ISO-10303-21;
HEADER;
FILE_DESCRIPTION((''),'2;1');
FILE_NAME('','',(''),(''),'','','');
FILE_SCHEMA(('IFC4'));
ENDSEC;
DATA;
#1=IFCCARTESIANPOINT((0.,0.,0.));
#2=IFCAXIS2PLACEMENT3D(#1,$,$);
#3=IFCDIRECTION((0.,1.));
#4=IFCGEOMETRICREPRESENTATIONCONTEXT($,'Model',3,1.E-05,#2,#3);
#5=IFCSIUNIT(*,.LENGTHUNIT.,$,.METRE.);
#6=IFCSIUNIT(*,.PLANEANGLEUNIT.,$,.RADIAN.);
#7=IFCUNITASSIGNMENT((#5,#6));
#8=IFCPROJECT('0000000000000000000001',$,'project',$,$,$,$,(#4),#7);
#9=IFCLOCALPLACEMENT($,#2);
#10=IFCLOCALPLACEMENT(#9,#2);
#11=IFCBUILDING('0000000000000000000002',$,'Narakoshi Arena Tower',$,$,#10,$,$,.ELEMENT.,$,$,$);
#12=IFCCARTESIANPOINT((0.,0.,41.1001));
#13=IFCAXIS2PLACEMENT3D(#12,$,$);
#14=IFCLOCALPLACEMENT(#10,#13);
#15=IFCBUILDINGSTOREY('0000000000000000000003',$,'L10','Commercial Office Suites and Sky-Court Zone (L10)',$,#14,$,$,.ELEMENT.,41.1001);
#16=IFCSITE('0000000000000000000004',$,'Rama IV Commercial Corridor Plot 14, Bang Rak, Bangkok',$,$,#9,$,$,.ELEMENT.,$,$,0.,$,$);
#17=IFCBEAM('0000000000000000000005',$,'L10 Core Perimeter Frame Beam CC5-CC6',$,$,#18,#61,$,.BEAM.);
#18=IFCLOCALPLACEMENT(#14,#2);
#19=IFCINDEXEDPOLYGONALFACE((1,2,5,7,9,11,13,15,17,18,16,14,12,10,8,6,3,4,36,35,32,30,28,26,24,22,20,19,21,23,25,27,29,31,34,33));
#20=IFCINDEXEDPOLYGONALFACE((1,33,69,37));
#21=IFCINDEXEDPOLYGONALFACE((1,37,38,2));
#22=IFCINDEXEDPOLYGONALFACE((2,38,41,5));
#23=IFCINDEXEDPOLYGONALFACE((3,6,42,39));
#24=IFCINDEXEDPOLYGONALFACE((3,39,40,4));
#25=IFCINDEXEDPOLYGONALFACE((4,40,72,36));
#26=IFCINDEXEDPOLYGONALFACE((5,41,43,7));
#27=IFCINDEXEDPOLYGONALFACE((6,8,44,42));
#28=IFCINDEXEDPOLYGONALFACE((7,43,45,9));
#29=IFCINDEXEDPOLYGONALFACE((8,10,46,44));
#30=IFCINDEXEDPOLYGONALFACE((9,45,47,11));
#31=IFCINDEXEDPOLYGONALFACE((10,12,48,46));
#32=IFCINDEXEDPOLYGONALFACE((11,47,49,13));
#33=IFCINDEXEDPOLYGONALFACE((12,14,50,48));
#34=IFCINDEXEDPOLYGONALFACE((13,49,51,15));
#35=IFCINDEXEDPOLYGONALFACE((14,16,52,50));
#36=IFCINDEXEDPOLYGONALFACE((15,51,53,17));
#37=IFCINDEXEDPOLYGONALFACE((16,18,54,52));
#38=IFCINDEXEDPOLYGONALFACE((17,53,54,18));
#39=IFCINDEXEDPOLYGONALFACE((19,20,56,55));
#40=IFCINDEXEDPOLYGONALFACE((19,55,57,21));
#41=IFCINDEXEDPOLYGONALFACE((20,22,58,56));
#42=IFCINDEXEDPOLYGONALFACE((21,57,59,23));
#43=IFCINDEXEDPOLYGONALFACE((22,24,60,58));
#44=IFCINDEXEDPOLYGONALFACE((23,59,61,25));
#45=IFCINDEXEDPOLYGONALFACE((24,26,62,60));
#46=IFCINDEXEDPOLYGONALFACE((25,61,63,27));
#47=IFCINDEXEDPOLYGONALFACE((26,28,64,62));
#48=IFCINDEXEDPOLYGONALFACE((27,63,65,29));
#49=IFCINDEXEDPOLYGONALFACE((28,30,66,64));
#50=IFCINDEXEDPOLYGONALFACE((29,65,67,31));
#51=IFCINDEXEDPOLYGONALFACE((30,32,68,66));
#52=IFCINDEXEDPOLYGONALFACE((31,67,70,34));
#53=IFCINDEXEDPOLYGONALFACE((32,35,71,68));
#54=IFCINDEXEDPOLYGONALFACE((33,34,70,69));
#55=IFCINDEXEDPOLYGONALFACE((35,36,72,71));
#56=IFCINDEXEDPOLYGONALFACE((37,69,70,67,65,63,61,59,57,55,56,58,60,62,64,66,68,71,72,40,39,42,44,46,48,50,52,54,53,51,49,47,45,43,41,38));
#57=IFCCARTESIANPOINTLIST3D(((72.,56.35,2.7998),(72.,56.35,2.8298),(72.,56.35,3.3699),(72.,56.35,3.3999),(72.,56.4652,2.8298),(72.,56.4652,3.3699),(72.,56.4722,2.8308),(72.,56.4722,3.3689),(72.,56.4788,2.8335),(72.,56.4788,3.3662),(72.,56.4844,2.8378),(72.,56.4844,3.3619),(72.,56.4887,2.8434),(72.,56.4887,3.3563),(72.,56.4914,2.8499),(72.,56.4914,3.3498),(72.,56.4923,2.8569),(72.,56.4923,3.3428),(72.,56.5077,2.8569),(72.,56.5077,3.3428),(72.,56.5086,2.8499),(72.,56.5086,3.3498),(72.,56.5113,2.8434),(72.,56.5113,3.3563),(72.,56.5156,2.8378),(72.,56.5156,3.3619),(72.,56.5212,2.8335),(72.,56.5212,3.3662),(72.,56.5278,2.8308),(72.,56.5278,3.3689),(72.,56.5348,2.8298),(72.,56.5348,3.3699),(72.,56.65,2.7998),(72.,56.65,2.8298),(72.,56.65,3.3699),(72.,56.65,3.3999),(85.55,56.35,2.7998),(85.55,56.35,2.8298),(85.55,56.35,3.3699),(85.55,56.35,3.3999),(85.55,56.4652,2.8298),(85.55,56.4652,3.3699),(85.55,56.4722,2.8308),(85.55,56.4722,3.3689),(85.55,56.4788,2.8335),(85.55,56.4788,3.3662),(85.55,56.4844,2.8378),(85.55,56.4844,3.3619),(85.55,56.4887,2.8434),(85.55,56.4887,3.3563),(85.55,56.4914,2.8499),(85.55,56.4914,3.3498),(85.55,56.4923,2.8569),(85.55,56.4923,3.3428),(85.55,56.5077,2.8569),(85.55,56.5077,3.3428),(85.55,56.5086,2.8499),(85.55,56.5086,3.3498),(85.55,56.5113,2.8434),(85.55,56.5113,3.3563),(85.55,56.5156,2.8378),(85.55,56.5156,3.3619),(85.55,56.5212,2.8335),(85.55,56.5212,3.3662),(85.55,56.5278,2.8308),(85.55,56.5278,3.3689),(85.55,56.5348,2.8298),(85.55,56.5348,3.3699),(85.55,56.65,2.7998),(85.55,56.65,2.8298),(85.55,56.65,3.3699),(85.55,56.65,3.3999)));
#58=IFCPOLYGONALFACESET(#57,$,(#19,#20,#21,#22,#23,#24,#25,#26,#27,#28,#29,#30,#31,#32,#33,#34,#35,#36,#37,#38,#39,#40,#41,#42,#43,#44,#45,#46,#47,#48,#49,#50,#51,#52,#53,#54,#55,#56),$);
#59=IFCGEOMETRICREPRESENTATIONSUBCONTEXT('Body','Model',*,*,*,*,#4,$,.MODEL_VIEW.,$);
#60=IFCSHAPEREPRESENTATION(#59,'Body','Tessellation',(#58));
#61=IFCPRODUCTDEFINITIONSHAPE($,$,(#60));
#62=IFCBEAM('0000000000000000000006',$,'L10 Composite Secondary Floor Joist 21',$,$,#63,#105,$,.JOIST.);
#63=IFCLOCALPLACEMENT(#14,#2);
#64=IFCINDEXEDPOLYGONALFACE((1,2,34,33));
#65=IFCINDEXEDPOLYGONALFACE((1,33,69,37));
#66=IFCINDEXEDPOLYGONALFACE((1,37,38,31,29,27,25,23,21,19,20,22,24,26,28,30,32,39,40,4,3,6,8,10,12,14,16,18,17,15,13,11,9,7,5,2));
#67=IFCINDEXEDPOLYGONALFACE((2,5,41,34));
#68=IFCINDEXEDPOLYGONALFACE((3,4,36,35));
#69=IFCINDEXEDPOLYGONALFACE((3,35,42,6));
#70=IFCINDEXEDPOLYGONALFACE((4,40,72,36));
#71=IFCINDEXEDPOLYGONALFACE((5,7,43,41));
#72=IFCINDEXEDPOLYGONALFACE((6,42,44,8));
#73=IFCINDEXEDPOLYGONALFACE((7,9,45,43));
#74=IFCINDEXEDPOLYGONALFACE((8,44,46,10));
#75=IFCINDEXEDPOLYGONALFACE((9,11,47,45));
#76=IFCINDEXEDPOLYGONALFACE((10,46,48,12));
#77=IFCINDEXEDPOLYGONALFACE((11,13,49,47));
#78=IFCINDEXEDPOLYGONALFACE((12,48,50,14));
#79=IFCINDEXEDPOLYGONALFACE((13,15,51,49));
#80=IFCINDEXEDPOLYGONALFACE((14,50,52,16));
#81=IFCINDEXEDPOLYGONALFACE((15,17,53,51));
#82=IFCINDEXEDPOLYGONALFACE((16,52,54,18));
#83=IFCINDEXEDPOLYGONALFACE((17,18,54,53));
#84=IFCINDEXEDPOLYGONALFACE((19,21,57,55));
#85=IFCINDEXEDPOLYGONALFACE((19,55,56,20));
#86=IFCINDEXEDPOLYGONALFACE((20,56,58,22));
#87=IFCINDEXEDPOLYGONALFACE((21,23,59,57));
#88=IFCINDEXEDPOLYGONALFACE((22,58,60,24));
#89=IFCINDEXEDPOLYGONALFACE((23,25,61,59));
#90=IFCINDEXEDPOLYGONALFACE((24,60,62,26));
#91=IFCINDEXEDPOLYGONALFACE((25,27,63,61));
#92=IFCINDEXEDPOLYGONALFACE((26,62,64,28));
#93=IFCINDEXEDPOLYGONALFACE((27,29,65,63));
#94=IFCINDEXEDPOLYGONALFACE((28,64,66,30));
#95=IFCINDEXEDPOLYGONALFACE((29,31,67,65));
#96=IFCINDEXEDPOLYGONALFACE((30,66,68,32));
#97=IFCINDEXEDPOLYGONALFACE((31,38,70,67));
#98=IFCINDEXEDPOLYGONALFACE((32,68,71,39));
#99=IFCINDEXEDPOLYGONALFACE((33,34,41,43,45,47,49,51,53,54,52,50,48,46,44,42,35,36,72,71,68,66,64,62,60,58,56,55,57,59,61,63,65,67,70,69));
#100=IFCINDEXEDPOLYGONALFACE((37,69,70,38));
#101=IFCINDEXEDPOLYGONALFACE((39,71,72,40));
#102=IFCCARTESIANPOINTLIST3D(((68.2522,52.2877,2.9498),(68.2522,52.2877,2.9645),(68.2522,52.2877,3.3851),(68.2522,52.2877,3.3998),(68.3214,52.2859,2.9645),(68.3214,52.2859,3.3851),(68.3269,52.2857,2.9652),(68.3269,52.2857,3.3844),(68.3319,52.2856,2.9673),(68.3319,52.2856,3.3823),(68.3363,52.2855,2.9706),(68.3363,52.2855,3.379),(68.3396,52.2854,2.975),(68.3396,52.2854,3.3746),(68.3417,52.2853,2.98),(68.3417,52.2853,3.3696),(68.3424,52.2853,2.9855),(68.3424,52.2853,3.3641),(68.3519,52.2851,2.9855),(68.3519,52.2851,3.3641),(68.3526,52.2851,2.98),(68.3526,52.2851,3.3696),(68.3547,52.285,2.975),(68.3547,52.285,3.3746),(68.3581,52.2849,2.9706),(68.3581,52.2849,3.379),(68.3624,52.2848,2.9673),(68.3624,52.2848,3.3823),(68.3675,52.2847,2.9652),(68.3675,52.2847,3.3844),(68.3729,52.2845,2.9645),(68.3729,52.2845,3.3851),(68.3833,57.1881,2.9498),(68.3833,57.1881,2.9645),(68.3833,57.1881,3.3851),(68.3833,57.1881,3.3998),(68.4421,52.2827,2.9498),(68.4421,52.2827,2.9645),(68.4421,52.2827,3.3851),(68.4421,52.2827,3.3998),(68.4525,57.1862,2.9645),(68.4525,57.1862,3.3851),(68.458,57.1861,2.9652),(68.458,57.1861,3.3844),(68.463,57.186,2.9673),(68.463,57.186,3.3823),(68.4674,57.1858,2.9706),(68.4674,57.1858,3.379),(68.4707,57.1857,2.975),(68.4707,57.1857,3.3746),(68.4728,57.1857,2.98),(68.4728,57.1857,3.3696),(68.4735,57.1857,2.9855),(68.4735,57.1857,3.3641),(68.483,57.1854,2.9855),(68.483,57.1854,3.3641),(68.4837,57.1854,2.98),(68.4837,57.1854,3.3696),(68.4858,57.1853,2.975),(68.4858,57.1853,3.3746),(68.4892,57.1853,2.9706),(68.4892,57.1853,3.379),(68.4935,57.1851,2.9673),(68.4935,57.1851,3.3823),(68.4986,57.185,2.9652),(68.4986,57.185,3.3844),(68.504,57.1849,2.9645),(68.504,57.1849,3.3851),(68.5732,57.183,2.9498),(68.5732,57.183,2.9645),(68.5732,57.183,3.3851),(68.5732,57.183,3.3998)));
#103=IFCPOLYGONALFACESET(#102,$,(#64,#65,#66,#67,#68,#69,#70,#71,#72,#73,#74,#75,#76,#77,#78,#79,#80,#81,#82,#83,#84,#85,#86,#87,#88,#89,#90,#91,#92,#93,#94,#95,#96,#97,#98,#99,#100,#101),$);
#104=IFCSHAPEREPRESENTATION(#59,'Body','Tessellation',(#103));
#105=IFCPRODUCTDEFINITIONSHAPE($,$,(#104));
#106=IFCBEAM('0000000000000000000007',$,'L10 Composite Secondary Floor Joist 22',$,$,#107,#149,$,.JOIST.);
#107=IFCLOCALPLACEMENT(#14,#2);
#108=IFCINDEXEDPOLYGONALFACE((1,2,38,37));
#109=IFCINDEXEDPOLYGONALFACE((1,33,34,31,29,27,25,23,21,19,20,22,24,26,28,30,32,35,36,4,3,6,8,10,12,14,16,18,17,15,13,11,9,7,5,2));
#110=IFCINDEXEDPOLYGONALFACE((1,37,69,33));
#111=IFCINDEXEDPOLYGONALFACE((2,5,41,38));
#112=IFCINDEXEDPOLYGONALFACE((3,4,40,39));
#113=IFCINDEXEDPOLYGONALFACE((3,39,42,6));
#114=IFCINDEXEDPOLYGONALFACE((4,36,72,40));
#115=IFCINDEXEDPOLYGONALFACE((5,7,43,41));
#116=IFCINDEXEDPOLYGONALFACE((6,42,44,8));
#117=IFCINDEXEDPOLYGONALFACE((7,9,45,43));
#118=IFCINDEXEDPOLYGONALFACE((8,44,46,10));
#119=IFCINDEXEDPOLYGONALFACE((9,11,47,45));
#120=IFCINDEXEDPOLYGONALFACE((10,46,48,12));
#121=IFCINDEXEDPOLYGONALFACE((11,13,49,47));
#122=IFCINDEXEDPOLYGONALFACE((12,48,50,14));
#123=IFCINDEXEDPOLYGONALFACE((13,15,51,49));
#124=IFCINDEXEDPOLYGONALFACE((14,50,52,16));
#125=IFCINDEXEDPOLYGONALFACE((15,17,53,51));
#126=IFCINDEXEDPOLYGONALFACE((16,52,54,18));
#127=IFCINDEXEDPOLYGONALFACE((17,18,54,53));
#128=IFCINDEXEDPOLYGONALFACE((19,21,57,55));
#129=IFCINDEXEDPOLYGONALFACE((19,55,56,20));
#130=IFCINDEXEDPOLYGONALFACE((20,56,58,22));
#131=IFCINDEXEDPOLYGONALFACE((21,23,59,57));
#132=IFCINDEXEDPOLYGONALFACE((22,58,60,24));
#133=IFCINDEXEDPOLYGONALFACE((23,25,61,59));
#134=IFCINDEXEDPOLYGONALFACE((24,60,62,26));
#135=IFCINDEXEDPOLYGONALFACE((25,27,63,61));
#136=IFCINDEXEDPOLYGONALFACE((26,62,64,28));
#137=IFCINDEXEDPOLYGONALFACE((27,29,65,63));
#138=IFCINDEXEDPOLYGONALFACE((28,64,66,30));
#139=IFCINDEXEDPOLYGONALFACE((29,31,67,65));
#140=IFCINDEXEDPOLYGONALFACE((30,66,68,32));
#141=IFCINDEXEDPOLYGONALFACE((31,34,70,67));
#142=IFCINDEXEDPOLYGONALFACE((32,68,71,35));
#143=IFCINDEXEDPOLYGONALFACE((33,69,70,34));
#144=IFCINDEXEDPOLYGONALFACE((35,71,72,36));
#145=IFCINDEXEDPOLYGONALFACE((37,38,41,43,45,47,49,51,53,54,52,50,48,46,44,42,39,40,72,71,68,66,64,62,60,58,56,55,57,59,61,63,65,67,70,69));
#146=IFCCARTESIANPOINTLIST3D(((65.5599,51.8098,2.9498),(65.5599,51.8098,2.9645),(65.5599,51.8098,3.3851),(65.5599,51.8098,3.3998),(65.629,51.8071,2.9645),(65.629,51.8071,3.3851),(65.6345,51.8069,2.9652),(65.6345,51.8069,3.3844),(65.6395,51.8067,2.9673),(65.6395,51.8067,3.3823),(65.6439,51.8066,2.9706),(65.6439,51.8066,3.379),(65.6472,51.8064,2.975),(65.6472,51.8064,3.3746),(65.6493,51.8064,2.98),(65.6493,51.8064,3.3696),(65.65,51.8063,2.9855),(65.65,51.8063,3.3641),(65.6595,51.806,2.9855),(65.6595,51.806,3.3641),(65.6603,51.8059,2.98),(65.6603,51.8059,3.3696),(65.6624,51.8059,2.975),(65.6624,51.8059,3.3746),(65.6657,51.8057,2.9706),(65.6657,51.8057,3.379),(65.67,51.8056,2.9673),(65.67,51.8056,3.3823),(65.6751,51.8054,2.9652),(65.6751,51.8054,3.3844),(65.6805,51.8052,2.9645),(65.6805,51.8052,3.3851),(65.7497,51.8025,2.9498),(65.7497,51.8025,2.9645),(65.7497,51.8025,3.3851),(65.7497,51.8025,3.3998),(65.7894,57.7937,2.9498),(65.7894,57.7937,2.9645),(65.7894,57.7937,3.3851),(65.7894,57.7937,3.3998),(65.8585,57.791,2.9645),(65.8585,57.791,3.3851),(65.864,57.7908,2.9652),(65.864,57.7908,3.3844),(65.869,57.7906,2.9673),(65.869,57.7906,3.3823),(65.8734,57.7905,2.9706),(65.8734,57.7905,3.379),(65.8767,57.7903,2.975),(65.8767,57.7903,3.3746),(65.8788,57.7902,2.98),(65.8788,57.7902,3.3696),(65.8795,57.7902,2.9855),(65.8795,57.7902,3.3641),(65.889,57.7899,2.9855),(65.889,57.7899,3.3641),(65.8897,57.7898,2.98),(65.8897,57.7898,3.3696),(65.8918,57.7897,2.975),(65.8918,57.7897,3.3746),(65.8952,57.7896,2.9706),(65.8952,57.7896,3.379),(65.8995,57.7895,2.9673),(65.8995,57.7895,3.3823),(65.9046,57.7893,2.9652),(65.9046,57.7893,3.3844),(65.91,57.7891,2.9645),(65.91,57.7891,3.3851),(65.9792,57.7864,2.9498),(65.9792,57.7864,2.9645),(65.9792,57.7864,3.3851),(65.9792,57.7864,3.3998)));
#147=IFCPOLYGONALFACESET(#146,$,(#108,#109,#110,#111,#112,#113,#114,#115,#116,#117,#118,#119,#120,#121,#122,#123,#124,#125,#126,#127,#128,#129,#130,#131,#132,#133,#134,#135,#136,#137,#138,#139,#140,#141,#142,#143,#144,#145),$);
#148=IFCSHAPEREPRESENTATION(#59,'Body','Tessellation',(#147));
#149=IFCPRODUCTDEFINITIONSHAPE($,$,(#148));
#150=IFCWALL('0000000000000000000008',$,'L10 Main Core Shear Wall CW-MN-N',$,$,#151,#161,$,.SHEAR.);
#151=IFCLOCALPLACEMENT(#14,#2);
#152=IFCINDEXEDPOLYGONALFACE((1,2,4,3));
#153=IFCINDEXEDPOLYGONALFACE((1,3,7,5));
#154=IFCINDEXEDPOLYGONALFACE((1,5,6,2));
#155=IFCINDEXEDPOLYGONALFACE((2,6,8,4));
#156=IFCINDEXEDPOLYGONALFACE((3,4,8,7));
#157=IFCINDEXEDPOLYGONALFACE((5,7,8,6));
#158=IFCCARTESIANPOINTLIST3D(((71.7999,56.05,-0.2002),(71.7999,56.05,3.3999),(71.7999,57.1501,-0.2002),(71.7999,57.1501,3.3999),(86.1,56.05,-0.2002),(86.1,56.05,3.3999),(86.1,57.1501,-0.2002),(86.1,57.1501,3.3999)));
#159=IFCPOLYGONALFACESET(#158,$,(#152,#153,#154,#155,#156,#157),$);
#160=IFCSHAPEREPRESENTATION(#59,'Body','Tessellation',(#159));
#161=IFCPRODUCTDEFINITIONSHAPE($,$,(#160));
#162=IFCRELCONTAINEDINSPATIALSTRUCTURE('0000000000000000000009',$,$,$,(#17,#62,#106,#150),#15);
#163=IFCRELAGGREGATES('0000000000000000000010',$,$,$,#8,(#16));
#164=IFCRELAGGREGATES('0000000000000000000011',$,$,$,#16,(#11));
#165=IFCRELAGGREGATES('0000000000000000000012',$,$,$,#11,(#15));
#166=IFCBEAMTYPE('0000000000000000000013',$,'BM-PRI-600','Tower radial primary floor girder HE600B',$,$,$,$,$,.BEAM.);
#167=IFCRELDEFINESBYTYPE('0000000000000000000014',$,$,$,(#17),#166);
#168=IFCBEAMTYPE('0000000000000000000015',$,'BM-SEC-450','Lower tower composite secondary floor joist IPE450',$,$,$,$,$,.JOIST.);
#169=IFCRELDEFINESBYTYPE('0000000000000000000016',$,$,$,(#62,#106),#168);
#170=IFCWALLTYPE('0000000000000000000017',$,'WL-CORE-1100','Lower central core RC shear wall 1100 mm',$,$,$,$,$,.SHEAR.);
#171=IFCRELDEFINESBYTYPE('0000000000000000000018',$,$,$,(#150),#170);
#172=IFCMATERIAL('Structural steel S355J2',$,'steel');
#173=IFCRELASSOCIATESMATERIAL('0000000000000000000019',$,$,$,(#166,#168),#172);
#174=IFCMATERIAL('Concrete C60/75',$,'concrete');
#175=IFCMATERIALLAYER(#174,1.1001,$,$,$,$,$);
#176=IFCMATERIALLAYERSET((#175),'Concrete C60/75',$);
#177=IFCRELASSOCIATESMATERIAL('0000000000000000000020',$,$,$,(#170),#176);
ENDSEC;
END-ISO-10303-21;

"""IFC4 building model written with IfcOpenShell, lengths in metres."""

from ifc_helpers import new_model, si_unit, direction, frame, frame_2d, origin, origin_2d, place, context, subcontext, project, spatial, rectangle, i_section, extrude, material, layer, layer_set, material_profile, profile_set, type_object, element, save


model = new_model("IFC4")

# Units and contexts
model_context = context("Model", 3, precision=1e-05, world=origin(), true_north=direction((0.0, 1.0)))
body_context = subcontext(model_context, "Body", "Model", "MODEL_VIEW")
ifc_project = project(units=[si_unit("LENGTHUNIT", "METRE"), si_unit("PLANEANGLEUNIT", "RADIAN")], contexts=[model_context])

# Site, building, storey
site_placement = place(None, origin())
site = spatial("IfcSite", under=ifc_project, at=site_placement, Name="Rama IV Commercial Corridor Plot 14, Bang Rak, Bangkok", CompositionType="ELEMENT", RefElevation=0.0)
building_placement = place(site_placement, origin())
building = spatial("IfcBuilding", under=site, at=building_placement, Name="Narakoshi Arena Tower", CompositionType="ELEMENT")
storey_placement = place(building_placement, frame((0.0, 0.0, 41.1001)))
storey = spatial("IfcBuildingStorey", under=building, at=storey_placement, Name="L10", Description="Commercial Office Suites and Sky-Court Zone (L10)", CompositionType="ELEMENT", Elevation=41.1001)

# Shared definitions
ifc_material_1 = material(Name="Concrete C60/75", Category="concrete")

# Beams
ifc_material_2 = material(Name="Structural steel S355J2", Category="steel")
ifc_material_profile_1 = material_profile(ifc_material_2, i_section(OverallWidth=0.3, OverallDepth=0.6001, WebThickness=0.0154, FlangeThickness=0.03, FilletRadius=0.0271, at=origin_2d()), Name="HE600B")
ifc_profile_set_1 = profile_set([ifc_material_profile_1], Name="Structural steel S355J2")
beam_type_1 = type_object("IfcBeamType", Name="BM-PRI-600", Description="Tower radial primary floor girder HE600B", PredefinedType="BEAM", material=ifc_profile_set_1)
beam_1_placement = place(storey_placement, frame((72.0, 56.5, 3.0999), z_axis=(1.0, 0.0, 0.0), x_axis=(0.0, 1.0, 0.0)))
element("IfcBeam", 1, at=beam_1_placement, inside=storey, type_object=beam_type_1, Name="L10 Core Perimeter Frame Beam CC5-CC6", PredefinedType="BEAM", context=body_context, shape_type="SweptSolid", body=[
    extrude(i_section(OverallWidth=0.3, OverallDepth=0.6001, WebThickness=0.0154, FlangeThickness=0.03, FilletRadius=0.0271, at=origin_2d()), origin(), (0.0, 0.0, 1.0), 13.55),
])
ifc_material_profile_2 = material_profile(ifc_material_2, i_section(OverallWidth=0.1899, OverallDepth=0.45, WebThickness=0.0095, FlangeThickness=0.0146, FilletRadius=0.021, at=origin_2d()), Name="IPE450")
ifc_profile_set_2 = profile_set([ifc_material_profile_2], Name="Structural steel S355J2")
beam_type_2 = type_object("IfcBeamType", Name="BM-SEC-450", Description="Lower tower composite secondary floor joist IPE450", PredefinedType="JOIST", material=ifc_profile_set_2)
beam_2_placement = place(storey_placement, frame((68.4783, 57.1855, 3.1748), z_axis=(-0.026744, -0.999642, 0.0), x_axis=(0.999642, -0.026744, 0.0)))
element("IfcBeam", 2, at=beam_2_placement, inside=storey, type_object=beam_type_2, Name="L10 Composite Secondary Floor Joist 21", PredefinedType="JOIST", context=body_context, shape_type="SweptSolid", body=[
    extrude(i_section(OverallWidth=0.1899, OverallDepth=0.45, WebThickness=0.0095, FlangeThickness=0.0146, FilletRadius=0.021, at=origin_2d()), origin(), (0.0, 0.0, 1.0), 4.9021),
])
beam_3_placement = place(storey_placement, frame((65.8843, 57.79, 3.1748), z_axis=(-0.038324, -0.999265, 0.0), x_axis=(0.999265, -0.038324, 0.0)))
element("IfcBeam", 3, at=beam_3_placement, inside=storey, type_object=beam_type_2, Name="L10 Composite Secondary Floor Joist 22", PredefinedType="JOIST", context=body_context, shape_type="SweptSolid", body=[
    extrude(i_section(OverallWidth=0.1899, OverallDepth=0.45, WebThickness=0.0095, FlangeThickness=0.0146, FilletRadius=0.021, at=origin_2d()), origin(), (0.0, 0.0, 1.0), 5.9883),
])

# Wall
ifc_layer_1 = layer(ifc_material_1, 1.1001)
ifc_layer_set_1 = layer_set([ifc_layer_1], Name="Concrete C60/75")
wall_type_1 = type_object("IfcWallType", Name="WL-CORE-1100", Description="Lower central core RC shear wall 1100 mm", PredefinedType="SHEAR", material=ifc_layer_set_1)
wall_1_placement = place(storey_placement, frame((71.8, 56.6001, -0.2002), z_axis=(0.0, 0.0, 1.0), x_axis=(1.0, 0.0, 0.0)))
element("IfcWall", 4, at=wall_1_placement, inside=storey, type_object=wall_type_1, Name="L10 Main Core Shear Wall CW-MN-N", PredefinedType="SHEAR", context=body_context, shape_type="SweptSolid", body=[
    extrude(rectangle(XDim=14.3, YDim=1.1001, at=frame_2d((7.1499, 0.0))), origin(), (0.0, 0.0, 1.0), 3.6001),
])

save(model, "model.ifc")
